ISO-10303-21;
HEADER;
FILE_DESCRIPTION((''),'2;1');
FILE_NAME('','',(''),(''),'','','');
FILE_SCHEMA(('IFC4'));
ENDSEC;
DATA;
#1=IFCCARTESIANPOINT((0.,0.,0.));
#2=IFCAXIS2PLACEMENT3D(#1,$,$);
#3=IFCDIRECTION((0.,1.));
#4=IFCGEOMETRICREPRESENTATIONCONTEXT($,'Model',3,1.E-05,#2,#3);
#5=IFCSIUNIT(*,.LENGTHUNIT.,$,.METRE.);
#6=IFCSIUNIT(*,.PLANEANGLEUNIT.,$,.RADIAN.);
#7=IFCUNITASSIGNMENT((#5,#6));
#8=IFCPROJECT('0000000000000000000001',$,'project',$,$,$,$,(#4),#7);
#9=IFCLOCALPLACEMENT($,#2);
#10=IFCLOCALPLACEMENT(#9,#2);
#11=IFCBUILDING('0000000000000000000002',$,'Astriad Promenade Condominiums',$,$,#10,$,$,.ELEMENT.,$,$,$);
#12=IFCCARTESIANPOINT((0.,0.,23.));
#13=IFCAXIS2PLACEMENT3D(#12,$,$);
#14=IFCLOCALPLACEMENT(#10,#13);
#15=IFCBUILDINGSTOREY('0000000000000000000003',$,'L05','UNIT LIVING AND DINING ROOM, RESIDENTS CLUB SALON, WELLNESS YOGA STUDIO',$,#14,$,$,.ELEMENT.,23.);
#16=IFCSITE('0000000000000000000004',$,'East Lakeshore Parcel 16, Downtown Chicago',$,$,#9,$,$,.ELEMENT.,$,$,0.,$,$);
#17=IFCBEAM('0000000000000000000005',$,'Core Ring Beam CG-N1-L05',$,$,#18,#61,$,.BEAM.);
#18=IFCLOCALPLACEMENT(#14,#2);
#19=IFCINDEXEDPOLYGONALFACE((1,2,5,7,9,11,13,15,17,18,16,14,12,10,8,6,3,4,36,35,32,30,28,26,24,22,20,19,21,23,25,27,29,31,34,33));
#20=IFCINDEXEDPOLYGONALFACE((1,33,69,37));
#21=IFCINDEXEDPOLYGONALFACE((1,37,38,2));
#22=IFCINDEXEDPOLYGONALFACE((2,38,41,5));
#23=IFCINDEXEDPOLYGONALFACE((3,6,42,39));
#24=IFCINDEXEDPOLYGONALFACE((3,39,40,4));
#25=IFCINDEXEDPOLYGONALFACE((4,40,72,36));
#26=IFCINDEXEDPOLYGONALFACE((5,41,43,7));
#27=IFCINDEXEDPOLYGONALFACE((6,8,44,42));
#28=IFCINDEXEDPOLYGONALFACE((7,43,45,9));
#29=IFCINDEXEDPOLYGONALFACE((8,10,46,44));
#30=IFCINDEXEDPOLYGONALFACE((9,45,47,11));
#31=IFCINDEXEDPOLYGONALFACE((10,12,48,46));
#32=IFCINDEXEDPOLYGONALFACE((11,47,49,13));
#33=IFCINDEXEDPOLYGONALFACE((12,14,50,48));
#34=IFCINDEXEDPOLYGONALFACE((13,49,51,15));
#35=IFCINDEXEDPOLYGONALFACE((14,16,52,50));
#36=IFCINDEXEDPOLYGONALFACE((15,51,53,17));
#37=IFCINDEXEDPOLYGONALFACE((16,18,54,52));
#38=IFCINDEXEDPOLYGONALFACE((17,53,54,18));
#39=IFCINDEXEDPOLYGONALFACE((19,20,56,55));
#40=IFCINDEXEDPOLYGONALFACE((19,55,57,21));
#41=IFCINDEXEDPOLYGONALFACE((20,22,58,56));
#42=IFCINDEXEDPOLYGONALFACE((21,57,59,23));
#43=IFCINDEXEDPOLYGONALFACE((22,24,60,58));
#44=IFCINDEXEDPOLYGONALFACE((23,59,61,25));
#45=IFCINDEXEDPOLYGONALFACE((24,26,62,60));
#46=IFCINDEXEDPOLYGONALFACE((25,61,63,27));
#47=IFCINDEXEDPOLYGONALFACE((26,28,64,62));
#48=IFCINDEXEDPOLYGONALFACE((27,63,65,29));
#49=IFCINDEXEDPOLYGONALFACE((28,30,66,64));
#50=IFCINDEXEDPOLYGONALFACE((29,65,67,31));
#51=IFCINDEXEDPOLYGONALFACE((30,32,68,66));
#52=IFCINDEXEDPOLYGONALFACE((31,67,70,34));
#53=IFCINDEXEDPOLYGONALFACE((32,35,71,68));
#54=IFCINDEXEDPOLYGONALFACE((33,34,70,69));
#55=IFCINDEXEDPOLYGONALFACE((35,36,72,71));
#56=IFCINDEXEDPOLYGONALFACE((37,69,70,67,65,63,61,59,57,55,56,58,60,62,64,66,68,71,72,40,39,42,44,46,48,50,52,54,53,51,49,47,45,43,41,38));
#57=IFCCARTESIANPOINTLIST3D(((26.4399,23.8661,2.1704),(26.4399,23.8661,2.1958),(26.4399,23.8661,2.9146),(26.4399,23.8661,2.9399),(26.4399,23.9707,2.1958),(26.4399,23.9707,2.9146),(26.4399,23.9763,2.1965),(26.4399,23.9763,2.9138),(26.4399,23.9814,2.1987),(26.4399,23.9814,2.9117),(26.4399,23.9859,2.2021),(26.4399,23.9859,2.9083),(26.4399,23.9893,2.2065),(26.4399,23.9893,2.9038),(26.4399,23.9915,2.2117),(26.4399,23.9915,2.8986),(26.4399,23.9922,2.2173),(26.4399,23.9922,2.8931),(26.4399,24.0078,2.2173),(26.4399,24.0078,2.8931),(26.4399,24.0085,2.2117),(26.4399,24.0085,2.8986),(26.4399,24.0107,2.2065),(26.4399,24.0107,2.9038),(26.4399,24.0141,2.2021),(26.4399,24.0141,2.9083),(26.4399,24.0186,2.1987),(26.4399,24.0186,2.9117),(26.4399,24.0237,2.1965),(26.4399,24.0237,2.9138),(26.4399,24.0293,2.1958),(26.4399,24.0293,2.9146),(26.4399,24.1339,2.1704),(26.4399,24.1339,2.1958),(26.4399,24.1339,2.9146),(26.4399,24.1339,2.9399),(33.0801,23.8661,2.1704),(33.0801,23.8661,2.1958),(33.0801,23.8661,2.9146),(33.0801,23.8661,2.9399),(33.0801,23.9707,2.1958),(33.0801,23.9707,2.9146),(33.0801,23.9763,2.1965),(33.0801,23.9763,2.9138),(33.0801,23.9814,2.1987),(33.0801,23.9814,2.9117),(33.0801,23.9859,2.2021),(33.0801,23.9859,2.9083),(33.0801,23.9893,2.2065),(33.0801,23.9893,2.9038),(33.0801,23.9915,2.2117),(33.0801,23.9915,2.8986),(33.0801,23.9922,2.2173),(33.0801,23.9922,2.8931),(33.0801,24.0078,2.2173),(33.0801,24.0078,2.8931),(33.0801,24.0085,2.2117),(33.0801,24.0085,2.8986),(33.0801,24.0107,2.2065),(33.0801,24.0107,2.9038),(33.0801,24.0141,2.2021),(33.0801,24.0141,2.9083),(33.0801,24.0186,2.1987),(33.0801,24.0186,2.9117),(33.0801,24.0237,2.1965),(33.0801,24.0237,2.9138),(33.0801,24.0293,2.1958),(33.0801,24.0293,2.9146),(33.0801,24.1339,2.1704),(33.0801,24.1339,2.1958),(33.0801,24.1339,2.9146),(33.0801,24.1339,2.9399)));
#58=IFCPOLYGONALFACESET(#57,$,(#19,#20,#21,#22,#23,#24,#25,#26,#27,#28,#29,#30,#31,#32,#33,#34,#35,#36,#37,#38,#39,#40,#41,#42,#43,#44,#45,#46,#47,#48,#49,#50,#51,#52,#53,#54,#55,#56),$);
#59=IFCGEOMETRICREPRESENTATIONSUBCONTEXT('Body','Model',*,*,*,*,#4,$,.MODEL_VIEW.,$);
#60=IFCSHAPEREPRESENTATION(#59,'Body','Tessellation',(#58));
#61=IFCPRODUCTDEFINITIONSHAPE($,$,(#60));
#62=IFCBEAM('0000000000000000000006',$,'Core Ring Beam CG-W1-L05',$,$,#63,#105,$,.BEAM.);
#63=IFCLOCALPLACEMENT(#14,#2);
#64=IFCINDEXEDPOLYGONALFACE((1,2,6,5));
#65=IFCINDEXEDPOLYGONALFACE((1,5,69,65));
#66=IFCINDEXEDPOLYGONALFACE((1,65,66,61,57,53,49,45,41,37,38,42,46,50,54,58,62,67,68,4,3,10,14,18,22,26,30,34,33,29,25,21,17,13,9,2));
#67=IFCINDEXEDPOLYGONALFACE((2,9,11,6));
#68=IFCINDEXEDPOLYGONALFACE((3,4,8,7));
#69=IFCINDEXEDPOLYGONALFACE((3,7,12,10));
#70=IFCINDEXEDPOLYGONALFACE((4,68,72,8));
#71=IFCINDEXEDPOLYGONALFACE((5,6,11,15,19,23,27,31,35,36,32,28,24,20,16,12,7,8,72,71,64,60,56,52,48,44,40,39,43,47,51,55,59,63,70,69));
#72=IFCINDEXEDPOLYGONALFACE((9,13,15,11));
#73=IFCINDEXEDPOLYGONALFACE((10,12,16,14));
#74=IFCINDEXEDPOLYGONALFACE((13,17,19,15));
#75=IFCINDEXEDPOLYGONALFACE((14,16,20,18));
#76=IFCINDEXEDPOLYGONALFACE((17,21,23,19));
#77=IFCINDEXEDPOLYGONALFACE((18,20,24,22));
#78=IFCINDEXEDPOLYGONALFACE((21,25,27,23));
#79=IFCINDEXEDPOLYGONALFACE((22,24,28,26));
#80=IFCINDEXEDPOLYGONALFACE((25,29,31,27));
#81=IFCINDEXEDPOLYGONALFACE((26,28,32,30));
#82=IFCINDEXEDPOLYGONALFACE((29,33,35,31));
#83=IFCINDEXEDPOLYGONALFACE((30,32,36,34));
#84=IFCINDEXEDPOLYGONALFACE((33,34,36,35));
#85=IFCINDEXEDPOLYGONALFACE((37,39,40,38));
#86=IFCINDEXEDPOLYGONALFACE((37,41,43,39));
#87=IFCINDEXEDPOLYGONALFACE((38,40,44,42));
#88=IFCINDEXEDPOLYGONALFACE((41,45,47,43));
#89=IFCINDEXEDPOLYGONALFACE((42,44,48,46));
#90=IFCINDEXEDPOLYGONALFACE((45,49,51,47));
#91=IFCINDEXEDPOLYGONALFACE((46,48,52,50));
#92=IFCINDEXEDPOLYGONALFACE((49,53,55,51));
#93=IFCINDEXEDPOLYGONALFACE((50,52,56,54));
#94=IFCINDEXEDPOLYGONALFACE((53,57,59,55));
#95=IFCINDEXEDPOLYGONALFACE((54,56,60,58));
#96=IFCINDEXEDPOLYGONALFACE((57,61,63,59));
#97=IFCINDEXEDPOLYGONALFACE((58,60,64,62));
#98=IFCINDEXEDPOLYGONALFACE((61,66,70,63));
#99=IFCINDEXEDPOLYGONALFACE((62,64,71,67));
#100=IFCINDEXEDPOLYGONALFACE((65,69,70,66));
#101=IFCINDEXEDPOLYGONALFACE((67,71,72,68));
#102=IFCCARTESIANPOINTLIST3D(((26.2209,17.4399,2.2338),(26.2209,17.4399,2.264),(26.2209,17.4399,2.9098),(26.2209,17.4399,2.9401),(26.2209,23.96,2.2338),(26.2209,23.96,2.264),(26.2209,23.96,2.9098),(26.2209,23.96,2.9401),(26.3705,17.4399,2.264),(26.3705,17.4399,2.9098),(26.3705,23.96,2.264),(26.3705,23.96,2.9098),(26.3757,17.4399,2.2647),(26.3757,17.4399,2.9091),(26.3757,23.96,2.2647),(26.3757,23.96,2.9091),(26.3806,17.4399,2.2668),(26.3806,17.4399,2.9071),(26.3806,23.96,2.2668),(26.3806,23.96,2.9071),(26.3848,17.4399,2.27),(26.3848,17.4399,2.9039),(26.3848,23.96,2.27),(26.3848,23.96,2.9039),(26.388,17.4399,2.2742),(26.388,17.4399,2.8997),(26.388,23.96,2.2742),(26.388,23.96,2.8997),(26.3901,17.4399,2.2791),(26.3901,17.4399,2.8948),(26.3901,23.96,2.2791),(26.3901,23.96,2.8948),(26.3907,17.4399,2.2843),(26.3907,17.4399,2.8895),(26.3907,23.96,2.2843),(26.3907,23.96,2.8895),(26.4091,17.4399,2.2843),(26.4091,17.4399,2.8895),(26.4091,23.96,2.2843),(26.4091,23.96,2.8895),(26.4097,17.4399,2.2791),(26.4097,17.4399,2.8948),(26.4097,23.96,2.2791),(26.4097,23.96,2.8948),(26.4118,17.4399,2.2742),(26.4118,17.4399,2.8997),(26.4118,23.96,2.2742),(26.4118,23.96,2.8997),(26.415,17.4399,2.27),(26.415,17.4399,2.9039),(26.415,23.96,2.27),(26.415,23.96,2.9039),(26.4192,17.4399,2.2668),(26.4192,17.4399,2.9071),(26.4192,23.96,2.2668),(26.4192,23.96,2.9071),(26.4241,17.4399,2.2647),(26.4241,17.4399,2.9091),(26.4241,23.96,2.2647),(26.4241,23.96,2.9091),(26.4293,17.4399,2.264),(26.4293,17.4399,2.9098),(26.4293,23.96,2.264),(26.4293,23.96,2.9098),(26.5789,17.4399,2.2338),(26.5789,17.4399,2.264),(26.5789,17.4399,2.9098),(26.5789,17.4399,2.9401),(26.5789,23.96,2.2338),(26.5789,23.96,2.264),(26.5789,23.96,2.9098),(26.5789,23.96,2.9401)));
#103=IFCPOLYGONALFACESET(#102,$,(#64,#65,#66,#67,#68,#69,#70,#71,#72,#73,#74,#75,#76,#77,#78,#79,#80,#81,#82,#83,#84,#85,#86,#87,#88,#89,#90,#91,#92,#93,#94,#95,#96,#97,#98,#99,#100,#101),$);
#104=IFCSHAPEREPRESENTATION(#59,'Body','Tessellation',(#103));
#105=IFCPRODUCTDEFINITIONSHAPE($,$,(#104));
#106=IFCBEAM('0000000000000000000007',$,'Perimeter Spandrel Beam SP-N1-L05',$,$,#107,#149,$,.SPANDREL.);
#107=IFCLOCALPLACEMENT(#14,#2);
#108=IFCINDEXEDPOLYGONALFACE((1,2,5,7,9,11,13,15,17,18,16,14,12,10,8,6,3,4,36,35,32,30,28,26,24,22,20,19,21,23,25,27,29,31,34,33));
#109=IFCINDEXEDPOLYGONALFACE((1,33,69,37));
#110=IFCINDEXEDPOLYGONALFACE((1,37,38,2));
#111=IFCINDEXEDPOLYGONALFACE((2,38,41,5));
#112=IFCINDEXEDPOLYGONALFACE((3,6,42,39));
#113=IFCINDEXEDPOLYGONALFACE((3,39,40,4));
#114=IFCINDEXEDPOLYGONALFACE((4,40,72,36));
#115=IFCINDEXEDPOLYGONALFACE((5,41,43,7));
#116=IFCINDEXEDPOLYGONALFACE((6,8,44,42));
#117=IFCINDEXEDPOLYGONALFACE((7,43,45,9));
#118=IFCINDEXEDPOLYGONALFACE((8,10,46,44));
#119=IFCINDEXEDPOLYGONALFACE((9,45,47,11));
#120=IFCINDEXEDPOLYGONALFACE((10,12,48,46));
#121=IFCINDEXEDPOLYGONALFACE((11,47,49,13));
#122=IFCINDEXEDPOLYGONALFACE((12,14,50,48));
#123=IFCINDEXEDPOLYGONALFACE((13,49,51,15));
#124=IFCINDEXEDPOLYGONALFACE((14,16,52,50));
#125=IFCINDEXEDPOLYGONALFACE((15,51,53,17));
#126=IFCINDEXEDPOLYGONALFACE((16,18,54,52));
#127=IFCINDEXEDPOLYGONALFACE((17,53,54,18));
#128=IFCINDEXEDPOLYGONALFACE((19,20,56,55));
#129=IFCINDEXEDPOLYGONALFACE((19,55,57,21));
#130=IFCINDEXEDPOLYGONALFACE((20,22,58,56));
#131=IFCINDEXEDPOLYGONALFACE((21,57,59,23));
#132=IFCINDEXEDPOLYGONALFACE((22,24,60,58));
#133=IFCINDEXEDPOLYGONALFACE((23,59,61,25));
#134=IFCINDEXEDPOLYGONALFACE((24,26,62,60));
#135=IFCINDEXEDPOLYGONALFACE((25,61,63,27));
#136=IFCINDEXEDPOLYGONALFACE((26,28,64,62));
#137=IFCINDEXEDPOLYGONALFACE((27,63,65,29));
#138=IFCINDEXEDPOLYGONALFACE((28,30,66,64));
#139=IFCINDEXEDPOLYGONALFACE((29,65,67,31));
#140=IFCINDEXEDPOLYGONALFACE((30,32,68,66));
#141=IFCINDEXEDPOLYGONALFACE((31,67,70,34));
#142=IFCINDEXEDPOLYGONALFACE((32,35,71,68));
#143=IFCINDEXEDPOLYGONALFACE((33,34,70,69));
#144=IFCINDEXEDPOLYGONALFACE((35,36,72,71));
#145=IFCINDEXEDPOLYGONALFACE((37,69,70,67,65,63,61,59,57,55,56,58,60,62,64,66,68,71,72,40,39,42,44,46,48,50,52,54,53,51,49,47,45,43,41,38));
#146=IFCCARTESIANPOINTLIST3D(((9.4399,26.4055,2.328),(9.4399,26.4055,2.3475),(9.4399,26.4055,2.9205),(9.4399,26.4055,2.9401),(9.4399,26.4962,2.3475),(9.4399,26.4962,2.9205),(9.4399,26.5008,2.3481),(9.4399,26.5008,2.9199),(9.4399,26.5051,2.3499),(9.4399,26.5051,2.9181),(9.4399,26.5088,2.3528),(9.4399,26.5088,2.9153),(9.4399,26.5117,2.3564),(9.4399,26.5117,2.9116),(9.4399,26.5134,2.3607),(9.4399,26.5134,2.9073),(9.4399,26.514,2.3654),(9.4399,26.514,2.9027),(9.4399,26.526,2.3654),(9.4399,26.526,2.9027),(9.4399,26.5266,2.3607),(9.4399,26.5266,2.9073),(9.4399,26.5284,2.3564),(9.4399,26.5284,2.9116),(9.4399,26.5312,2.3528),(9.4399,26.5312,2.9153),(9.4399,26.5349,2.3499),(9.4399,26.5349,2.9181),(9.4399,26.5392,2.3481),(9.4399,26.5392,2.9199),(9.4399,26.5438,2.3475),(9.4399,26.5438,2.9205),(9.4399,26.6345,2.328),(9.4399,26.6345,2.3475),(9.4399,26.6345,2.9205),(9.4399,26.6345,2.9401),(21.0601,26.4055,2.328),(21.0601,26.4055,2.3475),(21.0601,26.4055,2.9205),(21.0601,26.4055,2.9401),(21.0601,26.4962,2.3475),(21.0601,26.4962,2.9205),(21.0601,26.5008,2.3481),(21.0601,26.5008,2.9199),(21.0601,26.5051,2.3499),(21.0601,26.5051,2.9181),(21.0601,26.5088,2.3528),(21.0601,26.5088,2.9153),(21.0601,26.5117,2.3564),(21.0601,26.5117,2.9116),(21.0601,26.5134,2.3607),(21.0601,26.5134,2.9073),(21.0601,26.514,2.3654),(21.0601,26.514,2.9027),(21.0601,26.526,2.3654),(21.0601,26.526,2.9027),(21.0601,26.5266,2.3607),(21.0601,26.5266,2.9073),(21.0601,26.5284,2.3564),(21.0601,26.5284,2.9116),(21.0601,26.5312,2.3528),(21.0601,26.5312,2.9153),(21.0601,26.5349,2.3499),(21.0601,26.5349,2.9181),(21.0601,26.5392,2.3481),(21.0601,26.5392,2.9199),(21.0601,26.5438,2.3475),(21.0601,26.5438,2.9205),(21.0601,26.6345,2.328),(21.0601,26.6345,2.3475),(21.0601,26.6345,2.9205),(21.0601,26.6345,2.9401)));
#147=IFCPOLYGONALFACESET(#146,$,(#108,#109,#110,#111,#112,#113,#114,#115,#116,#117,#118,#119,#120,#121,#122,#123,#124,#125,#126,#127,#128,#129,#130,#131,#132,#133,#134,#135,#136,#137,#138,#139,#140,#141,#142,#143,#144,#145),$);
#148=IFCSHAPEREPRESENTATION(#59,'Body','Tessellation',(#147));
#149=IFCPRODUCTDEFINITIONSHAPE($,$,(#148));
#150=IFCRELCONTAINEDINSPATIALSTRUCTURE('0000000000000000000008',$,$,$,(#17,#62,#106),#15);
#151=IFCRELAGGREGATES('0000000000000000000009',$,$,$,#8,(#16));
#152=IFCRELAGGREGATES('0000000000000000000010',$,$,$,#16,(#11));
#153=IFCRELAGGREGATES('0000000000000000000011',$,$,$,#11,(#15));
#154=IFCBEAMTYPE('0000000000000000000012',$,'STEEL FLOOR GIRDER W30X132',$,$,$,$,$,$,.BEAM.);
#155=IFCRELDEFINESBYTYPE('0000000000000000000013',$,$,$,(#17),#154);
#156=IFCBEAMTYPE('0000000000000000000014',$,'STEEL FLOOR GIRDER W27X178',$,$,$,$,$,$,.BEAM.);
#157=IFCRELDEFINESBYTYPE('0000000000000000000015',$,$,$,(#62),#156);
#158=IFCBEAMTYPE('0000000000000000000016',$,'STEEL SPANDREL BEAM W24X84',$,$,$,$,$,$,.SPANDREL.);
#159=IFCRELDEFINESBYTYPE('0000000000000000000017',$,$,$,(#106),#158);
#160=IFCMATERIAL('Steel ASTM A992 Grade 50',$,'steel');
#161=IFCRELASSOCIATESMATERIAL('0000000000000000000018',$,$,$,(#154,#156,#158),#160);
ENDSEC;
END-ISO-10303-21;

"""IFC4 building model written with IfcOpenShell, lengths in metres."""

from ifc_helpers import new_model, si_unit, direction, frame, origin, origin_2d, place, context, subcontext, project, spatial, i_section, extrude, source, transform, mapped, material, material_profile, profile_set, type_object, type_shapes, element, save


model = new_model("IFC4")

# Units and contexts
model_context = context("Model", 3, precision=1e-05, world=origin(), true_north=direction((0.0, 1.0)))
body_context = subcontext(model_context, "Body", "Model", "MODEL_VIEW")
ifc_project = project(units=[si_unit("LENGTHUNIT", "METRE"), si_unit("PLANEANGLEUNIT", "RADIAN")], contexts=[model_context])

# Site, building, storey
site_placement = place(None, origin())
site = spatial("IfcSite", under=ifc_project, at=site_placement, Name="East Lakeshore Parcel 16, Downtown Chicago", CompositionType="ELEMENT", RefElevation=0.0)
building_placement = place(site_placement, origin())
building = spatial("IfcBuilding", under=site, at=building_placement, Name="Astriad Promenade Condominiums", CompositionType="ELEMENT")
storey_placement = place(building_placement, frame((0.0, 0.0, 23.0)))
storey = spatial("IfcBuildingStorey", under=building, at=storey_placement, Name="L05", Description="UNIT LIVING AND DINING ROOM, RESIDENTS CLUB SALON, WELLNESS YOGA STUDIO", CompositionType="ELEMENT", Elevation=23.0)

# Shared definitions
ifc_material_1 = material(Name="Steel ASTM A992 Grade 50", Category="steel")

# Beams
ifc_material_profile_1 = material_profile(ifc_material_1, i_section(OverallWidth=0.2678, OverallDepth=0.7695, WebThickness=0.0156, FlangeThickness=0.0254, FilletRadius=0.0215, at=origin_2d()), Name="W30X132")
ifc_profile_set_1 = profile_set([ifc_material_profile_1], Name="Steel ASTM A992 Grade 50")
beam_type_1 = type_object("IfcBeamType", Name="STEEL FLOOR GIRDER W30X132", PredefinedType="BEAM", material=ifc_profile_set_1)
shared_shape_1 = source(origin(), body_context, "Body", "SweptSolid", [
    extrude(i_section(OverallWidth=0.2678, OverallDepth=0.7695, WebThickness=0.0156, FlangeThickness=0.0254, FilletRadius=0.0215, at=origin_2d()), origin(), (0.0, 0.0, 1.0), 6.6401),
])
type_shapes(beam_type_1, [shared_shape_1])
beam_1_placement = place(storey_placement, frame((26.4399, 24.0, 2.5552), z_axis=(1.0, 0.0, 0.0), x_axis=(0.0, 1.0, 0.0)))
element("IfcBeam", 1, at=beam_1_placement, inside=storey, type_object=beam_type_1, Name="Core Ring Beam CG-N1-L05", PredefinedType="BEAM", context=body_context, shape_type="MappedRepresentation", body=[
    mapped(shared_shape_1, transform((0.0, 0.0, 0.0), scale=1.0)),
])
ifc_material_profile_2 = material_profile(ifc_material_1, i_section(OverallWidth=0.3579, OverallDepth=0.7063, WebThickness=0.0183, FlangeThickness=0.0303, FilletRadius=0.0203, at=origin_2d()), Name="W27X178")
ifc_profile_set_2 = profile_set([ifc_material_profile_2], Name="Steel ASTM A992 Grade 50")
beam_type_2 = type_object("IfcBeamType", Name="STEEL FLOOR GIRDER W27X178", PredefinedType="BEAM", material=ifc_profile_set_2)
shared_shape_2 = source(origin(), body_context, "Body", "SweptSolid", [
    extrude(i_section(OverallWidth=0.3579, OverallDepth=0.7063, WebThickness=0.0183, FlangeThickness=0.0303, FilletRadius=0.0203, at=origin_2d()), origin(), (0.0, 0.0, 1.0), 6.52),
])
type_shapes(beam_type_2, [shared_shape_2])
beam_2_placement = place(storey_placement, frame((26.3999, 17.4399, 2.5869), z_axis=(0.0, 1.0, 0.0), x_axis=(-1.0, 0.0, 0.0)))
element("IfcBeam", 2, at=beam_2_placement, inside=storey, type_object=beam_type_2, Name="Core Ring Beam CG-W1-L05", PredefinedType="BEAM", context=body_context, shape_type="MappedRepresentation", body=[
    mapped(shared_shape_2, transform((0.0, 0.0, 0.0), scale=1.0)),
])
ifc_material_profile_3 = material_profile(ifc_material_1, i_section(OverallWidth=0.229, OverallDepth=0.6121, WebThickness=0.012, FlangeThickness=0.0195, FilletRadius=0.0178, at=origin_2d()), Name="W24X84")
ifc_profile_set_3 = profile_set([ifc_material_profile_3], Name="Steel ASTM A992 Grade 50")
beam_type_3 = type_object("IfcBeamType", Name="STEEL SPANDREL BEAM W24X84", PredefinedType="SPANDREL", material=ifc_profile_set_3)
shared_shape_3 = source(origin(), body_context, "Body", "SweptSolid", [
    extrude(i_section(OverallWidth=0.229, OverallDepth=0.6121, WebThickness=0.012, FlangeThickness=0.0195, FilletRadius=0.0178, at=origin_2d()), origin(), (0.0, 0.0, 1.0), 11.6201),
])
type_shapes(beam_type_3, [shared_shape_3])
beam_3_placement = place(storey_placement, frame((21.0601, 26.52, 2.634), z_axis=(-1.0, 0.0, 0.0), x_axis=(0.0, -1.0, 0.0)))
element("IfcBeam", 3, at=beam_3_placement, inside=storey, type_object=beam_type_3, Name="Perimeter Spandrel Beam SP-N1-L05", PredefinedType="SPANDREL", context=body_context, shape_type="MappedRepresentation", body=[
    mapped(shared_shape_3, transform((0.0, 0.0, 0.0), scale=1.0)),
])

save(model, "model.ifc")
